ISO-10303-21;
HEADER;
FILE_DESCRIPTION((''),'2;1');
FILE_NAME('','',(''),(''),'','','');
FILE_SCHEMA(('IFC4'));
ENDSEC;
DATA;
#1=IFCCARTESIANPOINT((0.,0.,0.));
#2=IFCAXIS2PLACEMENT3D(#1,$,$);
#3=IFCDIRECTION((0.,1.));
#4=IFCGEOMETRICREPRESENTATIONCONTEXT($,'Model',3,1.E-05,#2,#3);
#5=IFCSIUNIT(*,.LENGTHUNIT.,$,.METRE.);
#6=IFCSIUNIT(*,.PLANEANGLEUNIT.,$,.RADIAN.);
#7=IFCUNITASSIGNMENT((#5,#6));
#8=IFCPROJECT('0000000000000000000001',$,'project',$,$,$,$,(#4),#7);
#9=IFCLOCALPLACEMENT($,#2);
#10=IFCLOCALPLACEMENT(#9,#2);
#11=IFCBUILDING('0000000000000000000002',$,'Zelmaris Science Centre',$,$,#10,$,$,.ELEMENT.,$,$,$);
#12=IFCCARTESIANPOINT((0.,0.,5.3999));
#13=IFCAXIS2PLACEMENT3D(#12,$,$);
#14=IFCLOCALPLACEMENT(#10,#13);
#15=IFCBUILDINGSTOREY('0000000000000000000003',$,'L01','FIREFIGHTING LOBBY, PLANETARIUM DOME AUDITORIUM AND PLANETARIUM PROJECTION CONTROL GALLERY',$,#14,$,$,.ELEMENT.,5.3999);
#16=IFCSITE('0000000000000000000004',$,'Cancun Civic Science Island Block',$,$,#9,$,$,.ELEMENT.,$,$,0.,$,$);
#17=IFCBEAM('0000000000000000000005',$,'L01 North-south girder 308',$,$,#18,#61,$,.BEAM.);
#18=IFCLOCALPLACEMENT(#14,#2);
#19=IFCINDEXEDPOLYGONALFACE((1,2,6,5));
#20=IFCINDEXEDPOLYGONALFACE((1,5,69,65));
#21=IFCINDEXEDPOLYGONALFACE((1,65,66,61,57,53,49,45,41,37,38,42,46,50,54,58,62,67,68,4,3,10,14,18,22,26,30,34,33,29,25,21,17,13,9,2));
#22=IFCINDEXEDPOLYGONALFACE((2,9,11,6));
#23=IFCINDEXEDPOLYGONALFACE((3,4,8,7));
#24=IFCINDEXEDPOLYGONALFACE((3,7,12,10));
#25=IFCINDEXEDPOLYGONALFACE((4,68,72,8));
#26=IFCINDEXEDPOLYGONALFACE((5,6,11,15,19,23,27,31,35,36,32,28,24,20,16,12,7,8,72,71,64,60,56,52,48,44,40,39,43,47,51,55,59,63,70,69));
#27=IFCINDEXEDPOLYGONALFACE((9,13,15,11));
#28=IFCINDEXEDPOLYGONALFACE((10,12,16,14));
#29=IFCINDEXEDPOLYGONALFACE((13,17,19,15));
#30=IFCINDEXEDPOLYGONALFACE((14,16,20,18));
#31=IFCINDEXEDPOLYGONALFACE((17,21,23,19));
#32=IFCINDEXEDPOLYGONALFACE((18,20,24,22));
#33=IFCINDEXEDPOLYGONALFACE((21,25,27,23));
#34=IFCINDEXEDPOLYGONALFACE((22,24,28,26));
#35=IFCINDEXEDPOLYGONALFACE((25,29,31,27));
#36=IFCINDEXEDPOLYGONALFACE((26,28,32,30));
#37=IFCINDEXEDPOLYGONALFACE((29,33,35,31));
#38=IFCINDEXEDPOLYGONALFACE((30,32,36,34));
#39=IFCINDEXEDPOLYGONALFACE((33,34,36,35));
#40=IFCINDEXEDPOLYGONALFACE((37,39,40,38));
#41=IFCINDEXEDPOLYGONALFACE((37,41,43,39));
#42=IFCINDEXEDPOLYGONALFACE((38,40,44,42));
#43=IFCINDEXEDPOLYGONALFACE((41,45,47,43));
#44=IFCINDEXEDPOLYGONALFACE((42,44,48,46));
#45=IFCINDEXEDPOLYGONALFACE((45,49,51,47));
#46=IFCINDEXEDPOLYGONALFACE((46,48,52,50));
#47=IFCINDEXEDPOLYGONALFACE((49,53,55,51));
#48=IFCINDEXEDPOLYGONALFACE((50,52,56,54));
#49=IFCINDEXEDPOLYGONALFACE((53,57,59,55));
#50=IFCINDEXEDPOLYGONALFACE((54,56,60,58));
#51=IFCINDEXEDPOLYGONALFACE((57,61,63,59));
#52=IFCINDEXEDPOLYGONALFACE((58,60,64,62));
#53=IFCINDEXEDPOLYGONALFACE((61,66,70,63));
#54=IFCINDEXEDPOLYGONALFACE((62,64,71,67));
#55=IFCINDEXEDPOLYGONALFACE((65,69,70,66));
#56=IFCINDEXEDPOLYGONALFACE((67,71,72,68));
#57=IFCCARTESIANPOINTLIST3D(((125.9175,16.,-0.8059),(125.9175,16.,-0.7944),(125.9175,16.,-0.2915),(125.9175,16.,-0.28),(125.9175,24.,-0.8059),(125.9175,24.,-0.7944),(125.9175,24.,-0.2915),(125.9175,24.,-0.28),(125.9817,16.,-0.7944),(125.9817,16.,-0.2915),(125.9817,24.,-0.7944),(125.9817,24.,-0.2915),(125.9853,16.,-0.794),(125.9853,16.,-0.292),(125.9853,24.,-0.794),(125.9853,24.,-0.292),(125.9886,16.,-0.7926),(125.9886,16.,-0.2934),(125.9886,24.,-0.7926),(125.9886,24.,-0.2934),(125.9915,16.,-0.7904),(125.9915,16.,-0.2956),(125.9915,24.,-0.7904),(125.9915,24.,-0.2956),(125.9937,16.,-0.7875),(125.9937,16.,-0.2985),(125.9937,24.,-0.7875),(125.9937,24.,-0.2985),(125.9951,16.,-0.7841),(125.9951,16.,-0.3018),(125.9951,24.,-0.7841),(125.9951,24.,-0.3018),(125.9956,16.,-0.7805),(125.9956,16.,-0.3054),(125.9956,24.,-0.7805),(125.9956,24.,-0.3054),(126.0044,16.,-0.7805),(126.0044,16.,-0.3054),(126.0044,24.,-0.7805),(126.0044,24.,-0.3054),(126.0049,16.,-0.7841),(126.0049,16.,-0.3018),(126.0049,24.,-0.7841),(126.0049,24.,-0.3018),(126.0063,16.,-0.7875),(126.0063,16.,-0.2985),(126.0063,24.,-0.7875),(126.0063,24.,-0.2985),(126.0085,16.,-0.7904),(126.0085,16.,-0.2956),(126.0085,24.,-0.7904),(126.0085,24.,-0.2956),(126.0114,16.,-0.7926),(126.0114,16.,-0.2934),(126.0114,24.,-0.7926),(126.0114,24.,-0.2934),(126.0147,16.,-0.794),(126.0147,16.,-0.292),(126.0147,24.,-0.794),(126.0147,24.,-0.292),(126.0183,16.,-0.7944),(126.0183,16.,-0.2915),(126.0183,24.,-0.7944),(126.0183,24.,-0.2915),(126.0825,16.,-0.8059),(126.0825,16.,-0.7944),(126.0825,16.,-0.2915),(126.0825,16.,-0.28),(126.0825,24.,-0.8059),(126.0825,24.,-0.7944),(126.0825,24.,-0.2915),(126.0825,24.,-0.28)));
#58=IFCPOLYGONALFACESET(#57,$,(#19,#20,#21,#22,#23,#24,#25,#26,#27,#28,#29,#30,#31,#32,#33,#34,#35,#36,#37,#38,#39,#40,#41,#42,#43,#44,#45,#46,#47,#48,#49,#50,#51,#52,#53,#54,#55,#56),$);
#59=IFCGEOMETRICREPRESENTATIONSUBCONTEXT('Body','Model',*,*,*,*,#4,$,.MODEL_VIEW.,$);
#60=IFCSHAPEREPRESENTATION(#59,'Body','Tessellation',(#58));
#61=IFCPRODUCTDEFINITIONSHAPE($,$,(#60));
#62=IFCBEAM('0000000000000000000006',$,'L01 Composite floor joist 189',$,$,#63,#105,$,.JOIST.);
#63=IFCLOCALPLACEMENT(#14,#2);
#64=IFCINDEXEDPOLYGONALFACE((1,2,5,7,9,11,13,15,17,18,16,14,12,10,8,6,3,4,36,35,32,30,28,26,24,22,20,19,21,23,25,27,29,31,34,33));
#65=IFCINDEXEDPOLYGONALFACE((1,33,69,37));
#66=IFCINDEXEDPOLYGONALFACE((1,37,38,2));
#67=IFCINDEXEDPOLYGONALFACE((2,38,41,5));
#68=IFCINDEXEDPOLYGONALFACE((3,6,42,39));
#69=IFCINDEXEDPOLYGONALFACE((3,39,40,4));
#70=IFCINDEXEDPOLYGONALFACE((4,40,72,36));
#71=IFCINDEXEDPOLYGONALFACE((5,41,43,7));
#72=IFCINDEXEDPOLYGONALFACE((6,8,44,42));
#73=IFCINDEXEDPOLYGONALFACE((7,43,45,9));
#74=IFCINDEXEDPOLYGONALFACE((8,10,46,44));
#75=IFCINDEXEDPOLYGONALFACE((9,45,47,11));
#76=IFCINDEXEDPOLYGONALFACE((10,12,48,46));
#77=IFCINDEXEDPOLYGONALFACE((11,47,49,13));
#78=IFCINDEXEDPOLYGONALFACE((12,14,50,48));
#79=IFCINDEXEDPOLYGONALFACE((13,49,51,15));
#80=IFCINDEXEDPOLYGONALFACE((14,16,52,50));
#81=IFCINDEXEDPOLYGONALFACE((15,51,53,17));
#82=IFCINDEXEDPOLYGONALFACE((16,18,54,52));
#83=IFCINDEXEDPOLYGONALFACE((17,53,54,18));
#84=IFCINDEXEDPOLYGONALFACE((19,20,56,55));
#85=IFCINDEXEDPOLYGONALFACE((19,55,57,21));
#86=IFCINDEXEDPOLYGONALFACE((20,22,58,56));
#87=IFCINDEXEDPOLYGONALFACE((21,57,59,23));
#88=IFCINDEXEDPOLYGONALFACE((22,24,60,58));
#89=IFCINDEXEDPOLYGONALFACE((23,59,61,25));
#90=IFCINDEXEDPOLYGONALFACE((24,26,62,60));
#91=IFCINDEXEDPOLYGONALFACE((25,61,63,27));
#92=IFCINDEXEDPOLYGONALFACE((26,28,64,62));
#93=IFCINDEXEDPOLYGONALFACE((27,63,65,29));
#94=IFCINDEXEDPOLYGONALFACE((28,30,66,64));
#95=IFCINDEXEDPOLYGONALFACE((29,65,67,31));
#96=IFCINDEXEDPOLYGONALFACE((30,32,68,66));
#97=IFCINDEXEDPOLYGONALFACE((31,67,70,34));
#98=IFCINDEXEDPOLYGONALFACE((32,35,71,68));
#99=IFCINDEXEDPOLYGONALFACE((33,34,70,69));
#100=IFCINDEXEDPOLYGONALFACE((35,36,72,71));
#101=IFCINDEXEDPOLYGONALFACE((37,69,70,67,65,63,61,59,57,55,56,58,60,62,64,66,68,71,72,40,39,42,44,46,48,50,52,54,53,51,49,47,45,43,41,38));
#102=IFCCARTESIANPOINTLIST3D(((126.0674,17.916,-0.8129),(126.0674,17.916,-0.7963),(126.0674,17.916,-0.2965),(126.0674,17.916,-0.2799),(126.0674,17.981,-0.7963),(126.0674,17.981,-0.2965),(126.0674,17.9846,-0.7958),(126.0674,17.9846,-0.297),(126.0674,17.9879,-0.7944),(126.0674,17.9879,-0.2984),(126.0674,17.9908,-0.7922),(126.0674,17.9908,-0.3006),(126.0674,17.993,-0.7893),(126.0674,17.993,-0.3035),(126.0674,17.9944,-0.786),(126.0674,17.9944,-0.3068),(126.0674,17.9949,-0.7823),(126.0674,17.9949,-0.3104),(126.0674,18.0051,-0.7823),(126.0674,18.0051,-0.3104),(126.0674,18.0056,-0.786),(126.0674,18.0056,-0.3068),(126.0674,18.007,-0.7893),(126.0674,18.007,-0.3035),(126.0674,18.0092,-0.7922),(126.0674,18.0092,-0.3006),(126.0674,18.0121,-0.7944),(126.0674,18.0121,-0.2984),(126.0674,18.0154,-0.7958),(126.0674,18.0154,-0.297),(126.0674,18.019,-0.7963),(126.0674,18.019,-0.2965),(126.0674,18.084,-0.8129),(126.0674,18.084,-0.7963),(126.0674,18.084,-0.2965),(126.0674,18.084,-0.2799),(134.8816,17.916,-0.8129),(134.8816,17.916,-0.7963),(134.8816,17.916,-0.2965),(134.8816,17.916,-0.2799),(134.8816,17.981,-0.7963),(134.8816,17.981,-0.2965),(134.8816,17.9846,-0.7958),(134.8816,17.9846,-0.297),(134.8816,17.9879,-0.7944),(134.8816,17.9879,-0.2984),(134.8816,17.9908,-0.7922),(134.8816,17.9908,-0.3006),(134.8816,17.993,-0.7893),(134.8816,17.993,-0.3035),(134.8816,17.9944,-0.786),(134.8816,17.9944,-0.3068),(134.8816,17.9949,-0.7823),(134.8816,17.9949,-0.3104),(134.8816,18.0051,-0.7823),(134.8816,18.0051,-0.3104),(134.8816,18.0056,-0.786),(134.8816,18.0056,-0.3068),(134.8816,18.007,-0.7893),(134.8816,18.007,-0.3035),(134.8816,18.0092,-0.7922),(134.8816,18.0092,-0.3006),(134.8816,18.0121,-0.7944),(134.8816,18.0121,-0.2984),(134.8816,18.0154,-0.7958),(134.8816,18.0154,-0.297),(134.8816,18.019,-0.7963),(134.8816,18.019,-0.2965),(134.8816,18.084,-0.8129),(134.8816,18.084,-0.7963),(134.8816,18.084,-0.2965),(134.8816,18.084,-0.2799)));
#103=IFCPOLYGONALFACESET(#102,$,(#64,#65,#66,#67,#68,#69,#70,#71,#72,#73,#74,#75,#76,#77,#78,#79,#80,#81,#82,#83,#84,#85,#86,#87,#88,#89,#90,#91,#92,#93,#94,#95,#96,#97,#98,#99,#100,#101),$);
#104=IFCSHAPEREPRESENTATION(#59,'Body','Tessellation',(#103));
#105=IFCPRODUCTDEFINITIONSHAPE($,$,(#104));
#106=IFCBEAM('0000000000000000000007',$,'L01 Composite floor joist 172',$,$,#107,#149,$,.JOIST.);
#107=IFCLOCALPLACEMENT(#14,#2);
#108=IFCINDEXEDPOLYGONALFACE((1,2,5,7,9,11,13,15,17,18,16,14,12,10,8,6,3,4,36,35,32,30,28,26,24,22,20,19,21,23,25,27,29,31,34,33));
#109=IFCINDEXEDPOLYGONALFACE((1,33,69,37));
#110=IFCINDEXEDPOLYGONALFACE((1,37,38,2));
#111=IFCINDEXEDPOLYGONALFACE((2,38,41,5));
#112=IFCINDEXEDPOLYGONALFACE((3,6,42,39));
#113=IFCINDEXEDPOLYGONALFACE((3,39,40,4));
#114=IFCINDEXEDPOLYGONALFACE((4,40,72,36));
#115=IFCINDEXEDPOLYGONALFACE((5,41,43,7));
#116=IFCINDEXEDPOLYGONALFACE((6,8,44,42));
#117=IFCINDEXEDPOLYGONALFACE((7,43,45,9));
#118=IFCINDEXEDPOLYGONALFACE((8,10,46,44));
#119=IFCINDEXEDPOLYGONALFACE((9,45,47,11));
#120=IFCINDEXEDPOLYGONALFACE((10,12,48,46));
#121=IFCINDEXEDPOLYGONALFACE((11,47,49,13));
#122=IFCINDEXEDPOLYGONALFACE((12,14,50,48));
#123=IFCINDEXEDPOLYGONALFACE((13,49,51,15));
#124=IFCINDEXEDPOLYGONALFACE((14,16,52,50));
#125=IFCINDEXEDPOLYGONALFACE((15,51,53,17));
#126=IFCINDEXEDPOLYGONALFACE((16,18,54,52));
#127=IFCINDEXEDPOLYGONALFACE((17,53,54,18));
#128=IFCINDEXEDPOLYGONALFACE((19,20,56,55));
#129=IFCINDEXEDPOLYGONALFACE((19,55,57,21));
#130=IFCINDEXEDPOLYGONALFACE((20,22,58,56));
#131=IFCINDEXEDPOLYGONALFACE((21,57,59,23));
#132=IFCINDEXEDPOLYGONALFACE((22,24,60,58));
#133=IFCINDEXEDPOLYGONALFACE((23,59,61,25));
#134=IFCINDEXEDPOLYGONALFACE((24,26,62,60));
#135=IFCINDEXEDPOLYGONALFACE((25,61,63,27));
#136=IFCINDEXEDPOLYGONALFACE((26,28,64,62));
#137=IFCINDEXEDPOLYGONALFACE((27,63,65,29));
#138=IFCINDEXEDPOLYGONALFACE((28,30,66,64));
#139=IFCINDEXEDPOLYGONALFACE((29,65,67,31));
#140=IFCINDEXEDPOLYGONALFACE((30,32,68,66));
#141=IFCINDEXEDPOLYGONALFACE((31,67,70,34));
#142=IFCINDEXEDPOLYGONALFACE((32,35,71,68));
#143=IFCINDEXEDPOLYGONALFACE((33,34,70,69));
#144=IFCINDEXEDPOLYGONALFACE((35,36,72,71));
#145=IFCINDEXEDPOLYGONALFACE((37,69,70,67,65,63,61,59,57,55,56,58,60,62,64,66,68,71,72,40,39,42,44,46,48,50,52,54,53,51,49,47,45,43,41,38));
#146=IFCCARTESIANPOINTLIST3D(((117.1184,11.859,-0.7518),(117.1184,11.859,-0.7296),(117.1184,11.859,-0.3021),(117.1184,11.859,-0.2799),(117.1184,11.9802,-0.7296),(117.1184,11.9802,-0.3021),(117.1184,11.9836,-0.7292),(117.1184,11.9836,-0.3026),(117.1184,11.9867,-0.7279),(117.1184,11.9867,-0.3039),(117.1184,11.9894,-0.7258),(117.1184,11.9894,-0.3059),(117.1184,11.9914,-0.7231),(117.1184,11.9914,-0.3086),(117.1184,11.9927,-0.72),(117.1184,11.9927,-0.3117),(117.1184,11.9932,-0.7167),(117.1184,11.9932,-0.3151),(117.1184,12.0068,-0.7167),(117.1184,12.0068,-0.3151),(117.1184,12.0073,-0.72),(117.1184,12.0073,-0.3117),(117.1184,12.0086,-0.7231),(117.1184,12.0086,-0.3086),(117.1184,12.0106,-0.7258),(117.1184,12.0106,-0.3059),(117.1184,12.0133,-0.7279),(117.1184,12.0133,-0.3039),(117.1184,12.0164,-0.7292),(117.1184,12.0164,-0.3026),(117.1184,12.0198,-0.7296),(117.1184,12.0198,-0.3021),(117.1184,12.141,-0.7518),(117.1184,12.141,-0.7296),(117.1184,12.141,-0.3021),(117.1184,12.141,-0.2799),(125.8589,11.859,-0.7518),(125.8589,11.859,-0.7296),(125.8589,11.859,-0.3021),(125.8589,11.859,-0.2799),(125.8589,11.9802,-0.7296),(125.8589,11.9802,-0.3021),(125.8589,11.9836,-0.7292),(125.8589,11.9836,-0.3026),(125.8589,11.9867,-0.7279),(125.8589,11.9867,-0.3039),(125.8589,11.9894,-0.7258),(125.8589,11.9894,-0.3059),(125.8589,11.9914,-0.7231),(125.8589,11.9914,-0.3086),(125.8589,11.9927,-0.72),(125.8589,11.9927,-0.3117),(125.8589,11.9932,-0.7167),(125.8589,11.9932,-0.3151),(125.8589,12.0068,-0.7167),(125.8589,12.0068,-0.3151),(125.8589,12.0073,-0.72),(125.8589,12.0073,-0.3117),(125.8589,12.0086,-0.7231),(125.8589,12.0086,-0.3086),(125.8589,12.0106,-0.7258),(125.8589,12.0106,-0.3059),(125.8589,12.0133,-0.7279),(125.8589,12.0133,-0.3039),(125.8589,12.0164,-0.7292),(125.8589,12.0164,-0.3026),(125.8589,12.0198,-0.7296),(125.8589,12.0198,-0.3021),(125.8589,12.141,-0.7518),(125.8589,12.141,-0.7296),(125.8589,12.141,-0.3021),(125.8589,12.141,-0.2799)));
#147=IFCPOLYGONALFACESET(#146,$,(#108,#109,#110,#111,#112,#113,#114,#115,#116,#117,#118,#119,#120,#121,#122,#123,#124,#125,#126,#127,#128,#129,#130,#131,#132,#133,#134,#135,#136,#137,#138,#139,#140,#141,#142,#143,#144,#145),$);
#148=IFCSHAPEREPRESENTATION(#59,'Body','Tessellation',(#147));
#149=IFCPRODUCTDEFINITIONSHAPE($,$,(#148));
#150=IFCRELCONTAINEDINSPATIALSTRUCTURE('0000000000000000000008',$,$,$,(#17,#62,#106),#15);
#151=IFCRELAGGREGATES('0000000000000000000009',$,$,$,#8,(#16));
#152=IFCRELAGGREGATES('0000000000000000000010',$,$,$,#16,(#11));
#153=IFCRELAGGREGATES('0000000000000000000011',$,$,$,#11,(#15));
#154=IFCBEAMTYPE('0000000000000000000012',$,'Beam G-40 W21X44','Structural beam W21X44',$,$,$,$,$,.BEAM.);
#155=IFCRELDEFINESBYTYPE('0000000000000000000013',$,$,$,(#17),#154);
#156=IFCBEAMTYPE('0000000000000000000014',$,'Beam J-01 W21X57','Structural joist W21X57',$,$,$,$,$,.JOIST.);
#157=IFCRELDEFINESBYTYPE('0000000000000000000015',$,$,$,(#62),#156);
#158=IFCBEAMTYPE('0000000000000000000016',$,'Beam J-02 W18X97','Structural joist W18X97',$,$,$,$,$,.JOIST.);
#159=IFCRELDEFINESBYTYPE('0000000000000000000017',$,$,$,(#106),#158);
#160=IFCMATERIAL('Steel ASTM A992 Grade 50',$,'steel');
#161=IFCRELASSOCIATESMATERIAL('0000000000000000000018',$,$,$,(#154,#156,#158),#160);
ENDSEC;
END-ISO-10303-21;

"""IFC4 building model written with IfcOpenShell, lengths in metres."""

from ifc_helpers import new_model, si_unit, direction, frame, origin, origin_2d, place, context, subcontext, project, spatial, i_section, extrude, material, material_profile, profile_set, type_object, element, save


model = new_model("IFC4")

# Units and contexts
model_context = context("Model", 3, precision=1e-05, world=origin(), true_north=direction((0.0, 1.0)))
body_context = subcontext(model_context, "Body", "Model", "MODEL_VIEW")
ifc_project = project(units=[si_unit("LENGTHUNIT", "METRE"), si_unit("PLANEANGLEUNIT", "RADIAN")], contexts=[model_context])

# Site, building, storey
site_placement = place(None, origin())
site = spatial("IfcSite", under=ifc_project, at=site_placement, Name="Cancun Civic Science Island Block", CompositionType="ELEMENT", RefElevation=0.0)
building_placement = place(site_placement, origin())
building = spatial("IfcBuilding", under=site, at=building_placement, Name="Zelmaris Science Centre", CompositionType="ELEMENT")
storey_placement = place(building_placement, frame((0.0, 0.0, 5.3999)))
storey = spatial("IfcBuildingStorey", under=building, at=storey_placement, Name="L01", Description="FIREFIGHTING LOBBY, PLANETARIUM DOME AUDITORIUM AND PLANETARIUM PROJECTION CONTROL GALLERY", CompositionType="ELEMENT", Elevation=5.3999)

# Shared definitions
ifc_material_1 = material(Name="Steel ASTM A992 Grade 50", Category="steel")

# Beams
ifc_material_profile_1 = material_profile(ifc_material_1, i_section(OverallWidth=0.165, OverallDepth=0.5259, WebThickness=0.0088, FlangeThickness=0.0115, FilletRadius=0.0139, at=origin_2d()), Name="W21X44")
ifc_profile_set_1 = profile_set([ifc_material_profile_1], Name="Steel ASTM A992 Grade 50")
beam_type_1 = type_object("IfcBeamType", Name="Beam G-40 W21X44", Description="Structural beam W21X44", PredefinedType="BEAM", material=ifc_profile_set_1)
beam_1_placement = place(storey_placement, frame((126.0, 16.0, -0.543), z_axis=(0.0, 1.0, 0.0), x_axis=(-1.0, 0.0, 0.0)))
element("IfcBeam", 1, at=beam_1_placement, inside=storey, type_object=beam_type_1, Name="L01 North-south girder 308", PredefinedType="BEAM", context=body_context, shape_type="SweptSolid", body=[
    extrude(i_section(OverallWidth=0.165, OverallDepth=0.5259, WebThickness=0.0088, FlangeThickness=0.0115, FilletRadius=0.0139, at=origin_2d()), origin(), (0.0, 0.0, 1.0), 8.0),
])
ifc_material_profile_2 = material_profile(ifc_material_1, i_section(OverallWidth=0.168, OverallDepth=0.533, WebThickness=0.0103, FlangeThickness=0.0166, FilletRadius=0.0139, at=origin_2d()), Name="W21X57")
ifc_profile_set_2 = profile_set([ifc_material_profile_2], Name="Steel ASTM A992 Grade 50")
beam_type_2 = type_object("IfcBeamType", Name="Beam J-01 W21X57", Description="Structural joist W21X57", PredefinedType="JOIST", material=ifc_profile_set_2)
beam_2_placement = place(storey_placement, frame((126.0674, 18.0, -0.5464), z_axis=(1.0, 0.0, 0.0), x_axis=(0.0, 1.0, 0.0)))
element("IfcBeam", 2, at=beam_2_placement, inside=storey, type_object=beam_type_2, Name="L01 Composite floor joist 189", PredefinedType="JOIST", context=body_context, shape_type="SweptSolid", body=[
    extrude(i_section(OverallWidth=0.168, OverallDepth=0.533, WebThickness=0.0103, FlangeThickness=0.0166, FilletRadius=0.0139, at=origin_2d()), origin(), (0.0, 0.0, 1.0), 8.8142),
])
ifc_material_profile_3 = material_profile(ifc_material_1, i_section(OverallWidth=0.282, OverallDepth=0.4719, WebThickness=0.0137, FlangeThickness=0.0222, FilletRadius=0.0129, at=origin_2d()), Name="W18X97")
ifc_profile_set_3 = profile_set([ifc_material_profile_3], Name="Steel ASTM A992 Grade 50")
beam_type_3 = type_object("IfcBeamType", Name="Beam J-02 W18X97", Description="Structural joist W18X97", PredefinedType="JOIST", material=ifc_profile_set_3)
beam_3_placement = place(storey_placement, frame((117.1184, 12.0, -0.5159), z_axis=(1.0, 0.0, 0.0), x_axis=(0.0, 1.0, 0.0)))
element("IfcBeam", 3, at=beam_3_placement, inside=storey, type_object=beam_type_3, Name="L01 Composite floor joist 172", PredefinedType="JOIST", context=body_context, shape_type="SweptSolid", body=[
    extrude(i_section(OverallWidth=0.282, OverallDepth=0.4719, WebThickness=0.0137, FlangeThickness=0.0222, FilletRadius=0.0129, at=origin_2d()), origin(), (0.0, 0.0, 1.0), 8.7405),
])

save(model, "model.ifc")
